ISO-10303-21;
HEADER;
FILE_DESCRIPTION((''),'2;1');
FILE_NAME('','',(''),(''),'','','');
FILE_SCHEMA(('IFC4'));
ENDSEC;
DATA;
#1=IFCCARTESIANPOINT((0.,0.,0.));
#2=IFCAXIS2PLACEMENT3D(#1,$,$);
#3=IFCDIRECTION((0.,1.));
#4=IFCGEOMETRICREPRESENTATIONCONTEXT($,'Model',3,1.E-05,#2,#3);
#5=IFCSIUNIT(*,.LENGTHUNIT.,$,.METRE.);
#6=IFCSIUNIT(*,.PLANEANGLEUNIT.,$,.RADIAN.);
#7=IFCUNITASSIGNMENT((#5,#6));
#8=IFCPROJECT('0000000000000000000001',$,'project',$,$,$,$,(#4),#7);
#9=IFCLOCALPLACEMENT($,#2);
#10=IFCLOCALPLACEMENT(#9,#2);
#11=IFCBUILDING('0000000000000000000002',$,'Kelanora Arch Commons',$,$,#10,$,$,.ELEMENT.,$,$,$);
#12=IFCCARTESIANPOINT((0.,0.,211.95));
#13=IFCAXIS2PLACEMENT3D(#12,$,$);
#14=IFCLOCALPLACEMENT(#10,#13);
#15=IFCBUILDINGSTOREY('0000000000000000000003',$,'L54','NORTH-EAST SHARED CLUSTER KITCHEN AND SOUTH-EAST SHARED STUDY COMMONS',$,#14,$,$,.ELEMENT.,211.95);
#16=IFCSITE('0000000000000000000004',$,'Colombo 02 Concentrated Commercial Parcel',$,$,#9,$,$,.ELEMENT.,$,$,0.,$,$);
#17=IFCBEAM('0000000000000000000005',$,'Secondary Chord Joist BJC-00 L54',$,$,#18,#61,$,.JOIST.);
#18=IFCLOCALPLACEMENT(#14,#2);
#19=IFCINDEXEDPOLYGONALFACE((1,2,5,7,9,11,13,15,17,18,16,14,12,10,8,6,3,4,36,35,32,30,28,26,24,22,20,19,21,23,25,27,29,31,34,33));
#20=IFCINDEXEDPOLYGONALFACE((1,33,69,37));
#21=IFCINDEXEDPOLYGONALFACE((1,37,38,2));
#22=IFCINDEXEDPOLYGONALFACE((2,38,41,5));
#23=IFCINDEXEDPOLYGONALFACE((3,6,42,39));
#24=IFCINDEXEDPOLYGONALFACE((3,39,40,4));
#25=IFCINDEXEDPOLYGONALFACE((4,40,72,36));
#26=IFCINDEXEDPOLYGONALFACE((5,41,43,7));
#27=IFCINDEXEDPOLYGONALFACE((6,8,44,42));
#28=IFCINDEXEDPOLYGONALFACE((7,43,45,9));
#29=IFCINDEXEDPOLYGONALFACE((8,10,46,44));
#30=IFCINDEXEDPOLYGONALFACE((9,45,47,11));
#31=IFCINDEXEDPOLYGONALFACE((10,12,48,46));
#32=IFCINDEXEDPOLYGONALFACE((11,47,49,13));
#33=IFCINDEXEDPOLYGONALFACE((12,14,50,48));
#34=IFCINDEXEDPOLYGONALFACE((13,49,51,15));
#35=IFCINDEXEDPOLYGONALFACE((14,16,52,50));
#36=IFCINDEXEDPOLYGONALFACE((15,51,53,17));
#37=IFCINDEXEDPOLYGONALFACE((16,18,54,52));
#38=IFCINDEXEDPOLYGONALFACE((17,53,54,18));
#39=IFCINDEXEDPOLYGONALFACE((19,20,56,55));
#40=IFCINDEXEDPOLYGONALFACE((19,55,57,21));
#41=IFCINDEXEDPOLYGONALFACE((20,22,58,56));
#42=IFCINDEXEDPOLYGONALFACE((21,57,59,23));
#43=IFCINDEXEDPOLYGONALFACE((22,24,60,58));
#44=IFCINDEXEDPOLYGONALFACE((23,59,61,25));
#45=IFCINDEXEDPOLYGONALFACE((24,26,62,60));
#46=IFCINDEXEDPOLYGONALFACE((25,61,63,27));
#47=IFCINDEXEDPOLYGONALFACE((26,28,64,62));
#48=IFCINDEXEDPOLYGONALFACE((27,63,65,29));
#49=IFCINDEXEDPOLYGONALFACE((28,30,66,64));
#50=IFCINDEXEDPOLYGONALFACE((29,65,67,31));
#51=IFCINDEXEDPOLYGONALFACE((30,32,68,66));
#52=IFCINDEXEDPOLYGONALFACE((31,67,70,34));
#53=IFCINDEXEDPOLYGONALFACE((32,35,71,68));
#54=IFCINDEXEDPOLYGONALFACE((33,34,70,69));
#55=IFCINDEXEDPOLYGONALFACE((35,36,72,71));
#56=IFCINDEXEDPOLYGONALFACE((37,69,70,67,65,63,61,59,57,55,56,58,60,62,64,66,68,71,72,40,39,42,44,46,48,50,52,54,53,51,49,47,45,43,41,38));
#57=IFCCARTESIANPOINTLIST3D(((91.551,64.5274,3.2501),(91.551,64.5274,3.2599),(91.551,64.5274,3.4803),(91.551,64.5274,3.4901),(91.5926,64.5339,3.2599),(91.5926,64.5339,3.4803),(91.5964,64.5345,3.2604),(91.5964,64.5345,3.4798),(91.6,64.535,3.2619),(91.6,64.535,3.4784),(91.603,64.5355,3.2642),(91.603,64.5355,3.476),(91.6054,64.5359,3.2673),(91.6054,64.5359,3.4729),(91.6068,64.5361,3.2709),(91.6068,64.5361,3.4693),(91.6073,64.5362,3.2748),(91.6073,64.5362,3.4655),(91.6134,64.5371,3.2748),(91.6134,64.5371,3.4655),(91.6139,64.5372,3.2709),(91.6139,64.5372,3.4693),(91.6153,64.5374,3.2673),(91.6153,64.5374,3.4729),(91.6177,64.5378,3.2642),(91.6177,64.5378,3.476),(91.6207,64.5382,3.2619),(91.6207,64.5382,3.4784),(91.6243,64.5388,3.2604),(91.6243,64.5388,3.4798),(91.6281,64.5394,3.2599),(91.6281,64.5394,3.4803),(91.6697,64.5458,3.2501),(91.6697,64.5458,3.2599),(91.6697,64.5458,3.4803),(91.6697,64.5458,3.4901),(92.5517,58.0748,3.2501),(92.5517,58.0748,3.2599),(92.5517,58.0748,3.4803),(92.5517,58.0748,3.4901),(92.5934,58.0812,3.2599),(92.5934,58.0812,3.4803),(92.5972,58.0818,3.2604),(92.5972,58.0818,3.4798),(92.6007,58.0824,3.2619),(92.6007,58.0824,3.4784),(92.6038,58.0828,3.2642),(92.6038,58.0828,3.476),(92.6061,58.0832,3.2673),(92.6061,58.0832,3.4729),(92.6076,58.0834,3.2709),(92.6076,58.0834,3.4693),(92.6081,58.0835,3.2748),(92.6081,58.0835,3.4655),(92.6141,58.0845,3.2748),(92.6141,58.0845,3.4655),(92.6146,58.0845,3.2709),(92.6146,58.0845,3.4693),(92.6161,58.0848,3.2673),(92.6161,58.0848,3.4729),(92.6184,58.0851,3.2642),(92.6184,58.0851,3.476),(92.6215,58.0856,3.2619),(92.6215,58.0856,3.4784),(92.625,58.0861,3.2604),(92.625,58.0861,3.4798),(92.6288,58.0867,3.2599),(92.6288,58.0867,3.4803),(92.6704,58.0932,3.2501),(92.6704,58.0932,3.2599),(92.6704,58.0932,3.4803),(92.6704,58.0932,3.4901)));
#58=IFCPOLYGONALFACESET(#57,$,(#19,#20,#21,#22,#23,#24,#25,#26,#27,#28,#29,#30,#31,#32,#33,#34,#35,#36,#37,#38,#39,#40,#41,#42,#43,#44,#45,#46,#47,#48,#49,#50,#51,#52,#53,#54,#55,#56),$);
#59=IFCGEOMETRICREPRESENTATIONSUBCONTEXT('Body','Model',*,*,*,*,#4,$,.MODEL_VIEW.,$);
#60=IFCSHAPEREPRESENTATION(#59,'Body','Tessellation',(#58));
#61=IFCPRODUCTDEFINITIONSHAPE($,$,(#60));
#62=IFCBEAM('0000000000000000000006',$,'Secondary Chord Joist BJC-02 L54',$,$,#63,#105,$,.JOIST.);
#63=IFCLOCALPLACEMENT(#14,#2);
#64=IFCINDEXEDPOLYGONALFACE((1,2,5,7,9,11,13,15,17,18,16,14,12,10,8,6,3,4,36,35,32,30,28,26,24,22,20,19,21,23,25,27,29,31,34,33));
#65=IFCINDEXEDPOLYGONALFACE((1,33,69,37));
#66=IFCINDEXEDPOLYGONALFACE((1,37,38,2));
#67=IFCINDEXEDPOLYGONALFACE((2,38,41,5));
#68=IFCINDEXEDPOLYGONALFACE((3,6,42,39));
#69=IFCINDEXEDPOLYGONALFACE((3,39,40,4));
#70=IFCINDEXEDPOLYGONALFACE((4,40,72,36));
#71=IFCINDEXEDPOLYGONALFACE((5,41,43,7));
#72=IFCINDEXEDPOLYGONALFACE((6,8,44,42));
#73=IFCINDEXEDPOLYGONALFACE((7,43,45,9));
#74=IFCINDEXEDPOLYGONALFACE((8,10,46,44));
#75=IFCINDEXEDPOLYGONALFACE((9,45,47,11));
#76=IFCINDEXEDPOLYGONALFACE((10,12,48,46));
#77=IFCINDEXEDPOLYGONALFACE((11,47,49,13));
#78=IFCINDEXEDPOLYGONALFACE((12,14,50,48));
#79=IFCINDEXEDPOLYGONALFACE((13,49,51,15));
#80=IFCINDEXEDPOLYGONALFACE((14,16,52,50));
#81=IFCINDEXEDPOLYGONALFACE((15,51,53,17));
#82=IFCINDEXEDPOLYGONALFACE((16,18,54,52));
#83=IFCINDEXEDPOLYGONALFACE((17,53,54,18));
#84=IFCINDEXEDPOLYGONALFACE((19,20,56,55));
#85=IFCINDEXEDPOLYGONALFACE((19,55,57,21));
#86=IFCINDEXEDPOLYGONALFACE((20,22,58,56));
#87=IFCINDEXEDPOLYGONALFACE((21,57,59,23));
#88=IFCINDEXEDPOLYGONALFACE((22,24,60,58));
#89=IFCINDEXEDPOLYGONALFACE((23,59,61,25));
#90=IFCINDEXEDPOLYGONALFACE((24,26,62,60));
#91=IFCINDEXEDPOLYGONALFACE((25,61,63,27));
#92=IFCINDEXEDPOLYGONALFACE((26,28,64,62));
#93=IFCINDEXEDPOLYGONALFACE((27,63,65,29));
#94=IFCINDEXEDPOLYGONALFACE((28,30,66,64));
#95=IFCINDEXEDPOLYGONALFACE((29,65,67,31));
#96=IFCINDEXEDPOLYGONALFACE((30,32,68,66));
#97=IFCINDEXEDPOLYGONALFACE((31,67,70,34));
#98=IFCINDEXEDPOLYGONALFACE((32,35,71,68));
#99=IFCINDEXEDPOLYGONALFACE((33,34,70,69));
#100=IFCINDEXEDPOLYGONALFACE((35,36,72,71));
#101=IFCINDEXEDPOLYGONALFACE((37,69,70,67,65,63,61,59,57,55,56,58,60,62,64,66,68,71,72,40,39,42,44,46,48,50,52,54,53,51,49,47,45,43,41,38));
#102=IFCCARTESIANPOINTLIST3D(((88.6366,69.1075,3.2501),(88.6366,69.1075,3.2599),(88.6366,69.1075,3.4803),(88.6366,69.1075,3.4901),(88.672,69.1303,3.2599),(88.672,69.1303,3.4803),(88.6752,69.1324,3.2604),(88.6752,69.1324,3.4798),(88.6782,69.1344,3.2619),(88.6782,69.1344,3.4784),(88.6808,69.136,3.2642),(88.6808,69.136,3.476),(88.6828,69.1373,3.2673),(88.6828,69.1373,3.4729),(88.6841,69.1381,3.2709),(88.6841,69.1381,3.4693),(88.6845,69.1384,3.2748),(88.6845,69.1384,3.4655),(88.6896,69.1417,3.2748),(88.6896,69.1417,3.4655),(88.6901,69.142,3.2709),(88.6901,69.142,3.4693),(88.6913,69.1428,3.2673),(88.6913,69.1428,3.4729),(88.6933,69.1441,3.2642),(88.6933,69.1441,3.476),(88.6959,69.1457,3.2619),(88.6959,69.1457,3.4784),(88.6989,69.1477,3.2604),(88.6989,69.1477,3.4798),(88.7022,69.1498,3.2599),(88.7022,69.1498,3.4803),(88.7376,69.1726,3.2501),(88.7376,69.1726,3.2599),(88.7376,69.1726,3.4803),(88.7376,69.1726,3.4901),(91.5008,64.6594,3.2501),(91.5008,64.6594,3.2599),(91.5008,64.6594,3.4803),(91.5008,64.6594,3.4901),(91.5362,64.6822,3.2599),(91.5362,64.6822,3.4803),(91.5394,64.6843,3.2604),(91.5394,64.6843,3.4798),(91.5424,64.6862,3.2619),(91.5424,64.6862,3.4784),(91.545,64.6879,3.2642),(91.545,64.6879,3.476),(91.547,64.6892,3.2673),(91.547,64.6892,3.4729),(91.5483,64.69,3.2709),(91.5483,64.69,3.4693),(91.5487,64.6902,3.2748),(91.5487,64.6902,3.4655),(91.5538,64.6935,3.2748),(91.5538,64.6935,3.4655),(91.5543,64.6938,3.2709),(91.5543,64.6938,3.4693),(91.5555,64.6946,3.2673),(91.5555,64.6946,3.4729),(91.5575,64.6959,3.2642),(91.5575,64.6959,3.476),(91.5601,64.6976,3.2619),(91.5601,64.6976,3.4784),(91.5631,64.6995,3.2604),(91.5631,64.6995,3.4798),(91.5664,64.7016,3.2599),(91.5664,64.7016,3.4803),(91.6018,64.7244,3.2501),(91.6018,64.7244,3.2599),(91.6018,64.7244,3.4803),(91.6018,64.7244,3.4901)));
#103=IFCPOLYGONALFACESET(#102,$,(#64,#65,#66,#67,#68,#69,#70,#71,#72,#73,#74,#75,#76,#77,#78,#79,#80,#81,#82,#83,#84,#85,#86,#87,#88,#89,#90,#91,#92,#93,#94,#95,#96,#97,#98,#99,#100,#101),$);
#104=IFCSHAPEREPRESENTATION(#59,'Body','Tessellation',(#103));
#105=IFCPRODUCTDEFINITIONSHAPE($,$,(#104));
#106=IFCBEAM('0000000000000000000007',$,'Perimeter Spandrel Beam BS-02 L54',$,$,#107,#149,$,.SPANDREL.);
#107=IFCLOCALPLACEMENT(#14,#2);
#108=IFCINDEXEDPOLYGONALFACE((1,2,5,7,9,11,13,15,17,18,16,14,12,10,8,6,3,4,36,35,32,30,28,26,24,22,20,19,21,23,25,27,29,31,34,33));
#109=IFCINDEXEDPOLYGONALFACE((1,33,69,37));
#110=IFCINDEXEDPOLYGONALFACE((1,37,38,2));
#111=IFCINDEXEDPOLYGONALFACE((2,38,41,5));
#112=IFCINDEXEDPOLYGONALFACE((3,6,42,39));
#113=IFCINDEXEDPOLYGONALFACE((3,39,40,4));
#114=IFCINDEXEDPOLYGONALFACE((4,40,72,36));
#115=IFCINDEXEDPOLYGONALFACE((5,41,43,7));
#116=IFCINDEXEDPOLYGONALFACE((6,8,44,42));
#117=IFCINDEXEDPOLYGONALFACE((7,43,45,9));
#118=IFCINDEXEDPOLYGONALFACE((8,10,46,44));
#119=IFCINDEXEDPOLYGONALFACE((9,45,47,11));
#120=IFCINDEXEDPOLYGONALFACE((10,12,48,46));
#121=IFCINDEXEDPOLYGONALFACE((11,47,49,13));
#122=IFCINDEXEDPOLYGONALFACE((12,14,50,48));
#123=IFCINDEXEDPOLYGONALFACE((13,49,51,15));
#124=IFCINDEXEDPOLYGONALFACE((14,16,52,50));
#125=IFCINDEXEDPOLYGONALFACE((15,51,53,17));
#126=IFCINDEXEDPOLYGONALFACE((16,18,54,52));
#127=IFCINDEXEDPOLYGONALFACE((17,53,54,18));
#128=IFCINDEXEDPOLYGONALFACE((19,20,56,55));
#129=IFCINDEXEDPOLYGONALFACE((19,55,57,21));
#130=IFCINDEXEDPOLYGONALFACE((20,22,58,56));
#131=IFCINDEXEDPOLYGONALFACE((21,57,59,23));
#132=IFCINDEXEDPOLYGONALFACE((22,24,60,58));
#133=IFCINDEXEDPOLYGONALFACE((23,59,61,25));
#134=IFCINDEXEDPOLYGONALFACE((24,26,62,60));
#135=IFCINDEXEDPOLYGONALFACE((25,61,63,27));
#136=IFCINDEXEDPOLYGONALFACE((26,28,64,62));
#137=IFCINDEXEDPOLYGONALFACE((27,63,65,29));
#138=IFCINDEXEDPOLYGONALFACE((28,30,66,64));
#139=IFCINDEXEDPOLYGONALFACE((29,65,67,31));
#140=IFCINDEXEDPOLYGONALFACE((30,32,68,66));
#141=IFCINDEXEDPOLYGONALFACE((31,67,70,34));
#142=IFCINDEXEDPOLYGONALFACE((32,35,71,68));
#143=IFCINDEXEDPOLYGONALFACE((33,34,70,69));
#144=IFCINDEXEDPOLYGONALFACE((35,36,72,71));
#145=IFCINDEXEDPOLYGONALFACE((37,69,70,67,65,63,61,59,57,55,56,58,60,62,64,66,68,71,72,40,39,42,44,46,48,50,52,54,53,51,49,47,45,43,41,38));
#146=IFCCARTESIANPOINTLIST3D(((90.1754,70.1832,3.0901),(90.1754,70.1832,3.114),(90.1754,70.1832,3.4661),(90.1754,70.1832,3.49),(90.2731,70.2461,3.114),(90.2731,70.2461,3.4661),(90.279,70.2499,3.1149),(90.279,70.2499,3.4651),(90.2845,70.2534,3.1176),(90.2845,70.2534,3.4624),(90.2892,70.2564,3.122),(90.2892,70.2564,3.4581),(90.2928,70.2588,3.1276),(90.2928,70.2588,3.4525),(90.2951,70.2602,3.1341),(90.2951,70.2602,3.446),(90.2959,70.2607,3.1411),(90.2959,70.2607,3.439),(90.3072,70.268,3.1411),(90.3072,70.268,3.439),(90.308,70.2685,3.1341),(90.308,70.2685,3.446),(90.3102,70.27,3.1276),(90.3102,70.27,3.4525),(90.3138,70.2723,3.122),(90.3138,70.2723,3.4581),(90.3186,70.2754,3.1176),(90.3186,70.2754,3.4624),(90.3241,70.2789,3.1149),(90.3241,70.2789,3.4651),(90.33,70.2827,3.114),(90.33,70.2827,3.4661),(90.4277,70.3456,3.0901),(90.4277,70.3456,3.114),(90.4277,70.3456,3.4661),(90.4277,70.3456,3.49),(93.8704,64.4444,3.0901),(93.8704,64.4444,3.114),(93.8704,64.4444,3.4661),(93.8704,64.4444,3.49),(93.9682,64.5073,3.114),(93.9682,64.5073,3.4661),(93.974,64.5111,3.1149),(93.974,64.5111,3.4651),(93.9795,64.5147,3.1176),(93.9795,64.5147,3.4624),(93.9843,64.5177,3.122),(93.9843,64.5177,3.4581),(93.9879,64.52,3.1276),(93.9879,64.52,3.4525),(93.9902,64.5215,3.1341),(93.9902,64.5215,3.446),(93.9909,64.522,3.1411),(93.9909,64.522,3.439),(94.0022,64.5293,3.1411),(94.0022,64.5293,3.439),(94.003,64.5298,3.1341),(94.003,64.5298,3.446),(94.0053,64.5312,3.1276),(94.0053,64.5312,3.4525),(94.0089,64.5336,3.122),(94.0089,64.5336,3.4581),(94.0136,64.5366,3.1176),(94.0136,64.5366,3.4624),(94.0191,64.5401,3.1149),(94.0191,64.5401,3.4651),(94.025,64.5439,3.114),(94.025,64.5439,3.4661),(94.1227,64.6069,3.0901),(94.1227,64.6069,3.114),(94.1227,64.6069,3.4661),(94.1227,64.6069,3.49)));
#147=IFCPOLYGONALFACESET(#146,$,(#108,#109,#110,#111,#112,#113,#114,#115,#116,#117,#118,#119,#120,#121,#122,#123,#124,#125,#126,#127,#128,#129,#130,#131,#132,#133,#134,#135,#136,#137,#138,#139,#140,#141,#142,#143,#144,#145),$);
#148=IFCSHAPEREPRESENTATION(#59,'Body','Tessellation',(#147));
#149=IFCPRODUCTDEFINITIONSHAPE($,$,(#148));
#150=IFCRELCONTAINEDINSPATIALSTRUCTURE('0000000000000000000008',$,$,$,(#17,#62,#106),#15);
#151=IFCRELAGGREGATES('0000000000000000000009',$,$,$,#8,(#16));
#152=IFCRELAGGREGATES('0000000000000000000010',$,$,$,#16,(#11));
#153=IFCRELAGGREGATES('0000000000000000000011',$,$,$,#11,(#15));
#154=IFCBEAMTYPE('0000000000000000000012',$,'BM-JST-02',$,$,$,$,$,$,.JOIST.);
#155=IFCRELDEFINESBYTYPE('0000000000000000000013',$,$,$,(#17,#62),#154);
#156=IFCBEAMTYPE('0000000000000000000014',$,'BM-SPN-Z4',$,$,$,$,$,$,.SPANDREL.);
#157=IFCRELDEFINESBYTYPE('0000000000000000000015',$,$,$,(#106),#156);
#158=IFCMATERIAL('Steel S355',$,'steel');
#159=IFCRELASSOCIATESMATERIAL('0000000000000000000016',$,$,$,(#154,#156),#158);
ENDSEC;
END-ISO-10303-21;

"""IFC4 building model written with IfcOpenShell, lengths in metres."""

from ifc_helpers import new_model, si_unit, direction, frame, origin, origin_2d, place, context, subcontext, project, spatial, i_section, extrude, material, material_profile, profile_set, type_object, element, save


model = new_model("IFC4")

# Units and contexts
model_context = context("Model", 3, precision=1e-05, world=origin(), true_north=direction((0.0, 1.0)))
body_context = subcontext(model_context, "Body", "Model", "MODEL_VIEW")
ifc_project = project(units=[si_unit("LENGTHUNIT", "METRE"), si_unit("PLANEANGLEUNIT", "RADIAN")], contexts=[model_context])

# Site, building, storey
site_placement = place(None, origin())
site = spatial("IfcSite", under=ifc_project, at=site_placement, Name="Colombo 02 Concentrated Commercial Parcel", CompositionType="ELEMENT", RefElevation=0.0)
building_placement = place(site_placement, origin())
building = spatial("IfcBuilding", under=site, at=building_placement, Name="Kelanora Arch Commons", CompositionType="ELEMENT")
storey_placement = place(building_placement, frame((0.0, 0.0, 211.95)))
storey = spatial("IfcBuildingStorey", under=building, at=storey_placement, Name="L54", Description="NORTH-EAST SHARED CLUSTER KITCHEN AND SOUTH-EAST SHARED STUDY COMMONS", CompositionType="ELEMENT", Elevation=211.95)

# Beams
ifc_material_1 = material(Name="Steel S355", Category="steel")
ifc_material_profile_1 = material_profile(ifc_material_1, i_section(OverallWidth=0.1201, OverallDepth=0.24, WebThickness=0.0061, FlangeThickness=0.0098, FilletRadius=0.0149, at=origin_2d()), Name="IPE240")
ifc_profile_set_1 = profile_set([ifc_material_profile_1], Name="Steel S355")
beam_type_1 = type_object("IfcBeamType", Name="BM-JST-02", PredefinedType="JOIST", material=ifc_profile_set_1)
beam_1_placement = place(storey_placement, frame((92.6111, 58.084, 3.3701), z_axis=(-0.153257, 0.988186, 0.0), x_axis=(-0.988186, -0.153257, 0.0)))
element("IfcBeam", 1, at=beam_1_placement, inside=storey, type_object=beam_type_1, Name="Secondary Chord Joist BJC-00 L54", PredefinedType="JOIST", context=body_context, shape_type="SweptSolid", body=[
    extrude(i_section(OverallWidth=0.1201, OverallDepth=0.24, WebThickness=0.0061, FlangeThickness=0.0098, FilletRadius=0.0149, at=origin_2d()), origin(), (0.0, 0.0, 1.0), 6.5298),
])
beam_2_placement = place(storey_placement, frame((91.5513, 64.6919, 3.3701), z_axis=(-0.541382, 0.840776, 0.0), x_axis=(-0.840776, -0.541382, 0.0)))
element("IfcBeam", 2, at=beam_2_placement, inside=storey, type_object=beam_type_1, Name="Secondary Chord Joist BJC-02 L54", PredefinedType="JOIST", context=body_context, shape_type="SweptSolid", body=[
    extrude(i_section(OverallWidth=0.1201, OverallDepth=0.24, WebThickness=0.0061, FlangeThickness=0.0098, FilletRadius=0.0149, at=origin_2d()), origin(), (0.0, 0.0, 1.0), 5.2905),
])
ifc_material_profile_2 = material_profile(ifc_material_1, i_section(OverallWidth=0.3, OverallDepth=0.3999, WebThickness=0.0134, FlangeThickness=0.0239, FilletRadius=0.0271, at=origin_2d()), Name="HEB400")
ifc_profile_set_2 = profile_set([ifc_material_profile_2], Name="Steel S355")
beam_type_2 = type_object("IfcBeamType", Name="BM-SPN-Z4", PredefinedType="SPANDREL", material=ifc_profile_set_2)
beam_3_placement = place(storey_placement, frame((93.9966, 64.5256, 3.29), z_axis=(-0.541365, 0.840788, 0.0), x_axis=(-0.840788, -0.541365, 0.0)))
element("IfcBeam", 3, at=beam_3_placement, inside=storey, type_object=beam_type_2, Name="Perimeter Spandrel Beam BS-02 L54", PredefinedType="SPANDREL", context=body_context, shape_type="SweptSolid", body=[
    extrude(i_section(OverallWidth=0.3, OverallDepth=0.3999, WebThickness=0.0134, FlangeThickness=0.0239, FilletRadius=0.0271, at=origin_2d()), origin(), (0.0, 0.0, 1.0), 6.8254),
])

save(model, "model.ifc")
